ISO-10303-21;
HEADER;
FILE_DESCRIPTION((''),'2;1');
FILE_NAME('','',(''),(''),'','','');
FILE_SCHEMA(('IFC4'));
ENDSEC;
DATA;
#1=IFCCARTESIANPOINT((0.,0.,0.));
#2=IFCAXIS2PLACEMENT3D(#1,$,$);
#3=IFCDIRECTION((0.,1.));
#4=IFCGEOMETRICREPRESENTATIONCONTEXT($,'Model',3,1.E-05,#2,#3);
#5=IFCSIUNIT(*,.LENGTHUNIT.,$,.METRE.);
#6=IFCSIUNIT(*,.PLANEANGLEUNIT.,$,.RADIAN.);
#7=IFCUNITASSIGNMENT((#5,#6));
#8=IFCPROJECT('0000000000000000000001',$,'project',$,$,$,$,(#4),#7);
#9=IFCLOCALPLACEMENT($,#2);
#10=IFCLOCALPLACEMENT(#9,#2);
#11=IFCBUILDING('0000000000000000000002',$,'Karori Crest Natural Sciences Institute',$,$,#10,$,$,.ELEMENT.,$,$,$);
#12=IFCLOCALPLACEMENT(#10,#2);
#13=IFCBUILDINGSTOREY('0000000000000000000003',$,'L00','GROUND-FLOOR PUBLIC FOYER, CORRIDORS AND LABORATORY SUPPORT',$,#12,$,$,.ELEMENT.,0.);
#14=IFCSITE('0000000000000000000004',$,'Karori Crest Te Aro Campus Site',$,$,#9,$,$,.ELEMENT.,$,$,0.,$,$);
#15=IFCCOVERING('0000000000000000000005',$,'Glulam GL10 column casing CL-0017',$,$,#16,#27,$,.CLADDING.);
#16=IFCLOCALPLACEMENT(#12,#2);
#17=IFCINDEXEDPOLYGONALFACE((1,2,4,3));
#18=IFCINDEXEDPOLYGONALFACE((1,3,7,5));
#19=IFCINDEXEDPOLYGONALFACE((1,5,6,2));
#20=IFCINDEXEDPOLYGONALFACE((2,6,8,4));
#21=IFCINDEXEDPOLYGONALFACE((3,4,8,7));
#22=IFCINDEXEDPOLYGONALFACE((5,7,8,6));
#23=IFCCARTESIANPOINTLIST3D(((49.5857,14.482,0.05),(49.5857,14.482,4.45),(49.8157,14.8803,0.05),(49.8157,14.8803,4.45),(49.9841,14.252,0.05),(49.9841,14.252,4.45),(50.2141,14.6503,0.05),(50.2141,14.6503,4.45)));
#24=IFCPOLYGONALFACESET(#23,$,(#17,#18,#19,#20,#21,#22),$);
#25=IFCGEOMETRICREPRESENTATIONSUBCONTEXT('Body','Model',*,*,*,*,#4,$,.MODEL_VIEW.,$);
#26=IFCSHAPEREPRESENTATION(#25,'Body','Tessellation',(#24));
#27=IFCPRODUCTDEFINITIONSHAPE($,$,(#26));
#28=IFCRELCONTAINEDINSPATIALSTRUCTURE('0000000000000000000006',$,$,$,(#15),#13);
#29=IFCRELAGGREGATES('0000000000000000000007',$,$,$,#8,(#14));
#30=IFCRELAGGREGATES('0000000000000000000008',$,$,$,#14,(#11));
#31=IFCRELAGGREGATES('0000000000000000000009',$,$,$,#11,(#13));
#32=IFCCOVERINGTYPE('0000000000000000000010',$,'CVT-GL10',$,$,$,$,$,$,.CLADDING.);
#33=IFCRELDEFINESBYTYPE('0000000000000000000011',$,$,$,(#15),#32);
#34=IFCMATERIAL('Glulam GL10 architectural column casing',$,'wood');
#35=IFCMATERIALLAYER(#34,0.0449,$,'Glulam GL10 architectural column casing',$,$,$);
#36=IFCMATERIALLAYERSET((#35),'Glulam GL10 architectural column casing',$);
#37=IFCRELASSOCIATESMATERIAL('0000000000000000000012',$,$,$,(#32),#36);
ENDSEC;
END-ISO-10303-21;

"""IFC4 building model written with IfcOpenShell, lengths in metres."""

from ifc_helpers import new_model, si_unit, direction, frame, origin, origin_2d, place, context, subcontext, project, spatial, rectangle, extrude, material, layer, layer_set, type_object, element, save


model = new_model("IFC4")

# Units and contexts
model_context = context("Model", 3, precision=1e-05, world=origin(), true_north=direction((0.0, 1.0)))
body_context = subcontext(model_context, "Body", "Model", "MODEL_VIEW")
ifc_project = project(units=[si_unit("LENGTHUNIT", "METRE"), si_unit("PLANEANGLEUNIT", "RADIAN")], contexts=[model_context])

# Site, building, storey
site_placement = place(None, origin())
site = spatial("IfcSite", under=ifc_project, at=site_placement, Name="Karori Crest Te Aro Campus Site", CompositionType="ELEMENT", RefElevation=0.0)
building_placement = place(site_placement, origin())
building = spatial("IfcBuilding", under=site, at=building_placement, Name="Karori Crest Natural Sciences Institute", CompositionType="ELEMENT")
storey_placement = place(building_placement, origin())
storey = spatial("IfcBuildingStorey", under=building, at=storey_placement, Name="L00", Description="GROUND-FLOOR PUBLIC FOYER, CORRIDORS AND LABORATORY SUPPORT", CompositionType="ELEMENT", Elevation=0.0)

# Covering
ifc_material_1 = material(Name="Glulam GL10 architectural column casing", Category="wood")
ifc_layer_1 = layer(ifc_material_1, 0.0449, Name="Glulam GL10 architectural column casing")
ifc_layer_set_1 = layer_set([ifc_layer_1], Name="Glulam GL10 architectural column casing")
covering_type = type_object("IfcCoveringType", Name="CVT-GL10", PredefinedType="CLADDING", material=ifc_layer_set_1)
for number, where, z_axis, x_axis, name in (
    (1, (49.8999, 14.5662, 0.05), (0.0, 0.0, 1.0), (-0.5, -0.866025, 0.0), "Glulam GL10 column casing CL-0017"),
):
    element("IfcCovering", number, at=place(storey_placement, frame(where, z_axis=z_axis, x_axis=x_axis)), inside=storey, type_object=covering_type, Name=name, PredefinedType="CLADDING", context=body_context, shape_type="SweptSolid", body=[
        extrude(rectangle(XDim=0.46, YDim=0.46, at=origin_2d()), origin(), (0.0, 0.0, 1.0), 4.3999),
    ])

save(model, "model.ifc")
